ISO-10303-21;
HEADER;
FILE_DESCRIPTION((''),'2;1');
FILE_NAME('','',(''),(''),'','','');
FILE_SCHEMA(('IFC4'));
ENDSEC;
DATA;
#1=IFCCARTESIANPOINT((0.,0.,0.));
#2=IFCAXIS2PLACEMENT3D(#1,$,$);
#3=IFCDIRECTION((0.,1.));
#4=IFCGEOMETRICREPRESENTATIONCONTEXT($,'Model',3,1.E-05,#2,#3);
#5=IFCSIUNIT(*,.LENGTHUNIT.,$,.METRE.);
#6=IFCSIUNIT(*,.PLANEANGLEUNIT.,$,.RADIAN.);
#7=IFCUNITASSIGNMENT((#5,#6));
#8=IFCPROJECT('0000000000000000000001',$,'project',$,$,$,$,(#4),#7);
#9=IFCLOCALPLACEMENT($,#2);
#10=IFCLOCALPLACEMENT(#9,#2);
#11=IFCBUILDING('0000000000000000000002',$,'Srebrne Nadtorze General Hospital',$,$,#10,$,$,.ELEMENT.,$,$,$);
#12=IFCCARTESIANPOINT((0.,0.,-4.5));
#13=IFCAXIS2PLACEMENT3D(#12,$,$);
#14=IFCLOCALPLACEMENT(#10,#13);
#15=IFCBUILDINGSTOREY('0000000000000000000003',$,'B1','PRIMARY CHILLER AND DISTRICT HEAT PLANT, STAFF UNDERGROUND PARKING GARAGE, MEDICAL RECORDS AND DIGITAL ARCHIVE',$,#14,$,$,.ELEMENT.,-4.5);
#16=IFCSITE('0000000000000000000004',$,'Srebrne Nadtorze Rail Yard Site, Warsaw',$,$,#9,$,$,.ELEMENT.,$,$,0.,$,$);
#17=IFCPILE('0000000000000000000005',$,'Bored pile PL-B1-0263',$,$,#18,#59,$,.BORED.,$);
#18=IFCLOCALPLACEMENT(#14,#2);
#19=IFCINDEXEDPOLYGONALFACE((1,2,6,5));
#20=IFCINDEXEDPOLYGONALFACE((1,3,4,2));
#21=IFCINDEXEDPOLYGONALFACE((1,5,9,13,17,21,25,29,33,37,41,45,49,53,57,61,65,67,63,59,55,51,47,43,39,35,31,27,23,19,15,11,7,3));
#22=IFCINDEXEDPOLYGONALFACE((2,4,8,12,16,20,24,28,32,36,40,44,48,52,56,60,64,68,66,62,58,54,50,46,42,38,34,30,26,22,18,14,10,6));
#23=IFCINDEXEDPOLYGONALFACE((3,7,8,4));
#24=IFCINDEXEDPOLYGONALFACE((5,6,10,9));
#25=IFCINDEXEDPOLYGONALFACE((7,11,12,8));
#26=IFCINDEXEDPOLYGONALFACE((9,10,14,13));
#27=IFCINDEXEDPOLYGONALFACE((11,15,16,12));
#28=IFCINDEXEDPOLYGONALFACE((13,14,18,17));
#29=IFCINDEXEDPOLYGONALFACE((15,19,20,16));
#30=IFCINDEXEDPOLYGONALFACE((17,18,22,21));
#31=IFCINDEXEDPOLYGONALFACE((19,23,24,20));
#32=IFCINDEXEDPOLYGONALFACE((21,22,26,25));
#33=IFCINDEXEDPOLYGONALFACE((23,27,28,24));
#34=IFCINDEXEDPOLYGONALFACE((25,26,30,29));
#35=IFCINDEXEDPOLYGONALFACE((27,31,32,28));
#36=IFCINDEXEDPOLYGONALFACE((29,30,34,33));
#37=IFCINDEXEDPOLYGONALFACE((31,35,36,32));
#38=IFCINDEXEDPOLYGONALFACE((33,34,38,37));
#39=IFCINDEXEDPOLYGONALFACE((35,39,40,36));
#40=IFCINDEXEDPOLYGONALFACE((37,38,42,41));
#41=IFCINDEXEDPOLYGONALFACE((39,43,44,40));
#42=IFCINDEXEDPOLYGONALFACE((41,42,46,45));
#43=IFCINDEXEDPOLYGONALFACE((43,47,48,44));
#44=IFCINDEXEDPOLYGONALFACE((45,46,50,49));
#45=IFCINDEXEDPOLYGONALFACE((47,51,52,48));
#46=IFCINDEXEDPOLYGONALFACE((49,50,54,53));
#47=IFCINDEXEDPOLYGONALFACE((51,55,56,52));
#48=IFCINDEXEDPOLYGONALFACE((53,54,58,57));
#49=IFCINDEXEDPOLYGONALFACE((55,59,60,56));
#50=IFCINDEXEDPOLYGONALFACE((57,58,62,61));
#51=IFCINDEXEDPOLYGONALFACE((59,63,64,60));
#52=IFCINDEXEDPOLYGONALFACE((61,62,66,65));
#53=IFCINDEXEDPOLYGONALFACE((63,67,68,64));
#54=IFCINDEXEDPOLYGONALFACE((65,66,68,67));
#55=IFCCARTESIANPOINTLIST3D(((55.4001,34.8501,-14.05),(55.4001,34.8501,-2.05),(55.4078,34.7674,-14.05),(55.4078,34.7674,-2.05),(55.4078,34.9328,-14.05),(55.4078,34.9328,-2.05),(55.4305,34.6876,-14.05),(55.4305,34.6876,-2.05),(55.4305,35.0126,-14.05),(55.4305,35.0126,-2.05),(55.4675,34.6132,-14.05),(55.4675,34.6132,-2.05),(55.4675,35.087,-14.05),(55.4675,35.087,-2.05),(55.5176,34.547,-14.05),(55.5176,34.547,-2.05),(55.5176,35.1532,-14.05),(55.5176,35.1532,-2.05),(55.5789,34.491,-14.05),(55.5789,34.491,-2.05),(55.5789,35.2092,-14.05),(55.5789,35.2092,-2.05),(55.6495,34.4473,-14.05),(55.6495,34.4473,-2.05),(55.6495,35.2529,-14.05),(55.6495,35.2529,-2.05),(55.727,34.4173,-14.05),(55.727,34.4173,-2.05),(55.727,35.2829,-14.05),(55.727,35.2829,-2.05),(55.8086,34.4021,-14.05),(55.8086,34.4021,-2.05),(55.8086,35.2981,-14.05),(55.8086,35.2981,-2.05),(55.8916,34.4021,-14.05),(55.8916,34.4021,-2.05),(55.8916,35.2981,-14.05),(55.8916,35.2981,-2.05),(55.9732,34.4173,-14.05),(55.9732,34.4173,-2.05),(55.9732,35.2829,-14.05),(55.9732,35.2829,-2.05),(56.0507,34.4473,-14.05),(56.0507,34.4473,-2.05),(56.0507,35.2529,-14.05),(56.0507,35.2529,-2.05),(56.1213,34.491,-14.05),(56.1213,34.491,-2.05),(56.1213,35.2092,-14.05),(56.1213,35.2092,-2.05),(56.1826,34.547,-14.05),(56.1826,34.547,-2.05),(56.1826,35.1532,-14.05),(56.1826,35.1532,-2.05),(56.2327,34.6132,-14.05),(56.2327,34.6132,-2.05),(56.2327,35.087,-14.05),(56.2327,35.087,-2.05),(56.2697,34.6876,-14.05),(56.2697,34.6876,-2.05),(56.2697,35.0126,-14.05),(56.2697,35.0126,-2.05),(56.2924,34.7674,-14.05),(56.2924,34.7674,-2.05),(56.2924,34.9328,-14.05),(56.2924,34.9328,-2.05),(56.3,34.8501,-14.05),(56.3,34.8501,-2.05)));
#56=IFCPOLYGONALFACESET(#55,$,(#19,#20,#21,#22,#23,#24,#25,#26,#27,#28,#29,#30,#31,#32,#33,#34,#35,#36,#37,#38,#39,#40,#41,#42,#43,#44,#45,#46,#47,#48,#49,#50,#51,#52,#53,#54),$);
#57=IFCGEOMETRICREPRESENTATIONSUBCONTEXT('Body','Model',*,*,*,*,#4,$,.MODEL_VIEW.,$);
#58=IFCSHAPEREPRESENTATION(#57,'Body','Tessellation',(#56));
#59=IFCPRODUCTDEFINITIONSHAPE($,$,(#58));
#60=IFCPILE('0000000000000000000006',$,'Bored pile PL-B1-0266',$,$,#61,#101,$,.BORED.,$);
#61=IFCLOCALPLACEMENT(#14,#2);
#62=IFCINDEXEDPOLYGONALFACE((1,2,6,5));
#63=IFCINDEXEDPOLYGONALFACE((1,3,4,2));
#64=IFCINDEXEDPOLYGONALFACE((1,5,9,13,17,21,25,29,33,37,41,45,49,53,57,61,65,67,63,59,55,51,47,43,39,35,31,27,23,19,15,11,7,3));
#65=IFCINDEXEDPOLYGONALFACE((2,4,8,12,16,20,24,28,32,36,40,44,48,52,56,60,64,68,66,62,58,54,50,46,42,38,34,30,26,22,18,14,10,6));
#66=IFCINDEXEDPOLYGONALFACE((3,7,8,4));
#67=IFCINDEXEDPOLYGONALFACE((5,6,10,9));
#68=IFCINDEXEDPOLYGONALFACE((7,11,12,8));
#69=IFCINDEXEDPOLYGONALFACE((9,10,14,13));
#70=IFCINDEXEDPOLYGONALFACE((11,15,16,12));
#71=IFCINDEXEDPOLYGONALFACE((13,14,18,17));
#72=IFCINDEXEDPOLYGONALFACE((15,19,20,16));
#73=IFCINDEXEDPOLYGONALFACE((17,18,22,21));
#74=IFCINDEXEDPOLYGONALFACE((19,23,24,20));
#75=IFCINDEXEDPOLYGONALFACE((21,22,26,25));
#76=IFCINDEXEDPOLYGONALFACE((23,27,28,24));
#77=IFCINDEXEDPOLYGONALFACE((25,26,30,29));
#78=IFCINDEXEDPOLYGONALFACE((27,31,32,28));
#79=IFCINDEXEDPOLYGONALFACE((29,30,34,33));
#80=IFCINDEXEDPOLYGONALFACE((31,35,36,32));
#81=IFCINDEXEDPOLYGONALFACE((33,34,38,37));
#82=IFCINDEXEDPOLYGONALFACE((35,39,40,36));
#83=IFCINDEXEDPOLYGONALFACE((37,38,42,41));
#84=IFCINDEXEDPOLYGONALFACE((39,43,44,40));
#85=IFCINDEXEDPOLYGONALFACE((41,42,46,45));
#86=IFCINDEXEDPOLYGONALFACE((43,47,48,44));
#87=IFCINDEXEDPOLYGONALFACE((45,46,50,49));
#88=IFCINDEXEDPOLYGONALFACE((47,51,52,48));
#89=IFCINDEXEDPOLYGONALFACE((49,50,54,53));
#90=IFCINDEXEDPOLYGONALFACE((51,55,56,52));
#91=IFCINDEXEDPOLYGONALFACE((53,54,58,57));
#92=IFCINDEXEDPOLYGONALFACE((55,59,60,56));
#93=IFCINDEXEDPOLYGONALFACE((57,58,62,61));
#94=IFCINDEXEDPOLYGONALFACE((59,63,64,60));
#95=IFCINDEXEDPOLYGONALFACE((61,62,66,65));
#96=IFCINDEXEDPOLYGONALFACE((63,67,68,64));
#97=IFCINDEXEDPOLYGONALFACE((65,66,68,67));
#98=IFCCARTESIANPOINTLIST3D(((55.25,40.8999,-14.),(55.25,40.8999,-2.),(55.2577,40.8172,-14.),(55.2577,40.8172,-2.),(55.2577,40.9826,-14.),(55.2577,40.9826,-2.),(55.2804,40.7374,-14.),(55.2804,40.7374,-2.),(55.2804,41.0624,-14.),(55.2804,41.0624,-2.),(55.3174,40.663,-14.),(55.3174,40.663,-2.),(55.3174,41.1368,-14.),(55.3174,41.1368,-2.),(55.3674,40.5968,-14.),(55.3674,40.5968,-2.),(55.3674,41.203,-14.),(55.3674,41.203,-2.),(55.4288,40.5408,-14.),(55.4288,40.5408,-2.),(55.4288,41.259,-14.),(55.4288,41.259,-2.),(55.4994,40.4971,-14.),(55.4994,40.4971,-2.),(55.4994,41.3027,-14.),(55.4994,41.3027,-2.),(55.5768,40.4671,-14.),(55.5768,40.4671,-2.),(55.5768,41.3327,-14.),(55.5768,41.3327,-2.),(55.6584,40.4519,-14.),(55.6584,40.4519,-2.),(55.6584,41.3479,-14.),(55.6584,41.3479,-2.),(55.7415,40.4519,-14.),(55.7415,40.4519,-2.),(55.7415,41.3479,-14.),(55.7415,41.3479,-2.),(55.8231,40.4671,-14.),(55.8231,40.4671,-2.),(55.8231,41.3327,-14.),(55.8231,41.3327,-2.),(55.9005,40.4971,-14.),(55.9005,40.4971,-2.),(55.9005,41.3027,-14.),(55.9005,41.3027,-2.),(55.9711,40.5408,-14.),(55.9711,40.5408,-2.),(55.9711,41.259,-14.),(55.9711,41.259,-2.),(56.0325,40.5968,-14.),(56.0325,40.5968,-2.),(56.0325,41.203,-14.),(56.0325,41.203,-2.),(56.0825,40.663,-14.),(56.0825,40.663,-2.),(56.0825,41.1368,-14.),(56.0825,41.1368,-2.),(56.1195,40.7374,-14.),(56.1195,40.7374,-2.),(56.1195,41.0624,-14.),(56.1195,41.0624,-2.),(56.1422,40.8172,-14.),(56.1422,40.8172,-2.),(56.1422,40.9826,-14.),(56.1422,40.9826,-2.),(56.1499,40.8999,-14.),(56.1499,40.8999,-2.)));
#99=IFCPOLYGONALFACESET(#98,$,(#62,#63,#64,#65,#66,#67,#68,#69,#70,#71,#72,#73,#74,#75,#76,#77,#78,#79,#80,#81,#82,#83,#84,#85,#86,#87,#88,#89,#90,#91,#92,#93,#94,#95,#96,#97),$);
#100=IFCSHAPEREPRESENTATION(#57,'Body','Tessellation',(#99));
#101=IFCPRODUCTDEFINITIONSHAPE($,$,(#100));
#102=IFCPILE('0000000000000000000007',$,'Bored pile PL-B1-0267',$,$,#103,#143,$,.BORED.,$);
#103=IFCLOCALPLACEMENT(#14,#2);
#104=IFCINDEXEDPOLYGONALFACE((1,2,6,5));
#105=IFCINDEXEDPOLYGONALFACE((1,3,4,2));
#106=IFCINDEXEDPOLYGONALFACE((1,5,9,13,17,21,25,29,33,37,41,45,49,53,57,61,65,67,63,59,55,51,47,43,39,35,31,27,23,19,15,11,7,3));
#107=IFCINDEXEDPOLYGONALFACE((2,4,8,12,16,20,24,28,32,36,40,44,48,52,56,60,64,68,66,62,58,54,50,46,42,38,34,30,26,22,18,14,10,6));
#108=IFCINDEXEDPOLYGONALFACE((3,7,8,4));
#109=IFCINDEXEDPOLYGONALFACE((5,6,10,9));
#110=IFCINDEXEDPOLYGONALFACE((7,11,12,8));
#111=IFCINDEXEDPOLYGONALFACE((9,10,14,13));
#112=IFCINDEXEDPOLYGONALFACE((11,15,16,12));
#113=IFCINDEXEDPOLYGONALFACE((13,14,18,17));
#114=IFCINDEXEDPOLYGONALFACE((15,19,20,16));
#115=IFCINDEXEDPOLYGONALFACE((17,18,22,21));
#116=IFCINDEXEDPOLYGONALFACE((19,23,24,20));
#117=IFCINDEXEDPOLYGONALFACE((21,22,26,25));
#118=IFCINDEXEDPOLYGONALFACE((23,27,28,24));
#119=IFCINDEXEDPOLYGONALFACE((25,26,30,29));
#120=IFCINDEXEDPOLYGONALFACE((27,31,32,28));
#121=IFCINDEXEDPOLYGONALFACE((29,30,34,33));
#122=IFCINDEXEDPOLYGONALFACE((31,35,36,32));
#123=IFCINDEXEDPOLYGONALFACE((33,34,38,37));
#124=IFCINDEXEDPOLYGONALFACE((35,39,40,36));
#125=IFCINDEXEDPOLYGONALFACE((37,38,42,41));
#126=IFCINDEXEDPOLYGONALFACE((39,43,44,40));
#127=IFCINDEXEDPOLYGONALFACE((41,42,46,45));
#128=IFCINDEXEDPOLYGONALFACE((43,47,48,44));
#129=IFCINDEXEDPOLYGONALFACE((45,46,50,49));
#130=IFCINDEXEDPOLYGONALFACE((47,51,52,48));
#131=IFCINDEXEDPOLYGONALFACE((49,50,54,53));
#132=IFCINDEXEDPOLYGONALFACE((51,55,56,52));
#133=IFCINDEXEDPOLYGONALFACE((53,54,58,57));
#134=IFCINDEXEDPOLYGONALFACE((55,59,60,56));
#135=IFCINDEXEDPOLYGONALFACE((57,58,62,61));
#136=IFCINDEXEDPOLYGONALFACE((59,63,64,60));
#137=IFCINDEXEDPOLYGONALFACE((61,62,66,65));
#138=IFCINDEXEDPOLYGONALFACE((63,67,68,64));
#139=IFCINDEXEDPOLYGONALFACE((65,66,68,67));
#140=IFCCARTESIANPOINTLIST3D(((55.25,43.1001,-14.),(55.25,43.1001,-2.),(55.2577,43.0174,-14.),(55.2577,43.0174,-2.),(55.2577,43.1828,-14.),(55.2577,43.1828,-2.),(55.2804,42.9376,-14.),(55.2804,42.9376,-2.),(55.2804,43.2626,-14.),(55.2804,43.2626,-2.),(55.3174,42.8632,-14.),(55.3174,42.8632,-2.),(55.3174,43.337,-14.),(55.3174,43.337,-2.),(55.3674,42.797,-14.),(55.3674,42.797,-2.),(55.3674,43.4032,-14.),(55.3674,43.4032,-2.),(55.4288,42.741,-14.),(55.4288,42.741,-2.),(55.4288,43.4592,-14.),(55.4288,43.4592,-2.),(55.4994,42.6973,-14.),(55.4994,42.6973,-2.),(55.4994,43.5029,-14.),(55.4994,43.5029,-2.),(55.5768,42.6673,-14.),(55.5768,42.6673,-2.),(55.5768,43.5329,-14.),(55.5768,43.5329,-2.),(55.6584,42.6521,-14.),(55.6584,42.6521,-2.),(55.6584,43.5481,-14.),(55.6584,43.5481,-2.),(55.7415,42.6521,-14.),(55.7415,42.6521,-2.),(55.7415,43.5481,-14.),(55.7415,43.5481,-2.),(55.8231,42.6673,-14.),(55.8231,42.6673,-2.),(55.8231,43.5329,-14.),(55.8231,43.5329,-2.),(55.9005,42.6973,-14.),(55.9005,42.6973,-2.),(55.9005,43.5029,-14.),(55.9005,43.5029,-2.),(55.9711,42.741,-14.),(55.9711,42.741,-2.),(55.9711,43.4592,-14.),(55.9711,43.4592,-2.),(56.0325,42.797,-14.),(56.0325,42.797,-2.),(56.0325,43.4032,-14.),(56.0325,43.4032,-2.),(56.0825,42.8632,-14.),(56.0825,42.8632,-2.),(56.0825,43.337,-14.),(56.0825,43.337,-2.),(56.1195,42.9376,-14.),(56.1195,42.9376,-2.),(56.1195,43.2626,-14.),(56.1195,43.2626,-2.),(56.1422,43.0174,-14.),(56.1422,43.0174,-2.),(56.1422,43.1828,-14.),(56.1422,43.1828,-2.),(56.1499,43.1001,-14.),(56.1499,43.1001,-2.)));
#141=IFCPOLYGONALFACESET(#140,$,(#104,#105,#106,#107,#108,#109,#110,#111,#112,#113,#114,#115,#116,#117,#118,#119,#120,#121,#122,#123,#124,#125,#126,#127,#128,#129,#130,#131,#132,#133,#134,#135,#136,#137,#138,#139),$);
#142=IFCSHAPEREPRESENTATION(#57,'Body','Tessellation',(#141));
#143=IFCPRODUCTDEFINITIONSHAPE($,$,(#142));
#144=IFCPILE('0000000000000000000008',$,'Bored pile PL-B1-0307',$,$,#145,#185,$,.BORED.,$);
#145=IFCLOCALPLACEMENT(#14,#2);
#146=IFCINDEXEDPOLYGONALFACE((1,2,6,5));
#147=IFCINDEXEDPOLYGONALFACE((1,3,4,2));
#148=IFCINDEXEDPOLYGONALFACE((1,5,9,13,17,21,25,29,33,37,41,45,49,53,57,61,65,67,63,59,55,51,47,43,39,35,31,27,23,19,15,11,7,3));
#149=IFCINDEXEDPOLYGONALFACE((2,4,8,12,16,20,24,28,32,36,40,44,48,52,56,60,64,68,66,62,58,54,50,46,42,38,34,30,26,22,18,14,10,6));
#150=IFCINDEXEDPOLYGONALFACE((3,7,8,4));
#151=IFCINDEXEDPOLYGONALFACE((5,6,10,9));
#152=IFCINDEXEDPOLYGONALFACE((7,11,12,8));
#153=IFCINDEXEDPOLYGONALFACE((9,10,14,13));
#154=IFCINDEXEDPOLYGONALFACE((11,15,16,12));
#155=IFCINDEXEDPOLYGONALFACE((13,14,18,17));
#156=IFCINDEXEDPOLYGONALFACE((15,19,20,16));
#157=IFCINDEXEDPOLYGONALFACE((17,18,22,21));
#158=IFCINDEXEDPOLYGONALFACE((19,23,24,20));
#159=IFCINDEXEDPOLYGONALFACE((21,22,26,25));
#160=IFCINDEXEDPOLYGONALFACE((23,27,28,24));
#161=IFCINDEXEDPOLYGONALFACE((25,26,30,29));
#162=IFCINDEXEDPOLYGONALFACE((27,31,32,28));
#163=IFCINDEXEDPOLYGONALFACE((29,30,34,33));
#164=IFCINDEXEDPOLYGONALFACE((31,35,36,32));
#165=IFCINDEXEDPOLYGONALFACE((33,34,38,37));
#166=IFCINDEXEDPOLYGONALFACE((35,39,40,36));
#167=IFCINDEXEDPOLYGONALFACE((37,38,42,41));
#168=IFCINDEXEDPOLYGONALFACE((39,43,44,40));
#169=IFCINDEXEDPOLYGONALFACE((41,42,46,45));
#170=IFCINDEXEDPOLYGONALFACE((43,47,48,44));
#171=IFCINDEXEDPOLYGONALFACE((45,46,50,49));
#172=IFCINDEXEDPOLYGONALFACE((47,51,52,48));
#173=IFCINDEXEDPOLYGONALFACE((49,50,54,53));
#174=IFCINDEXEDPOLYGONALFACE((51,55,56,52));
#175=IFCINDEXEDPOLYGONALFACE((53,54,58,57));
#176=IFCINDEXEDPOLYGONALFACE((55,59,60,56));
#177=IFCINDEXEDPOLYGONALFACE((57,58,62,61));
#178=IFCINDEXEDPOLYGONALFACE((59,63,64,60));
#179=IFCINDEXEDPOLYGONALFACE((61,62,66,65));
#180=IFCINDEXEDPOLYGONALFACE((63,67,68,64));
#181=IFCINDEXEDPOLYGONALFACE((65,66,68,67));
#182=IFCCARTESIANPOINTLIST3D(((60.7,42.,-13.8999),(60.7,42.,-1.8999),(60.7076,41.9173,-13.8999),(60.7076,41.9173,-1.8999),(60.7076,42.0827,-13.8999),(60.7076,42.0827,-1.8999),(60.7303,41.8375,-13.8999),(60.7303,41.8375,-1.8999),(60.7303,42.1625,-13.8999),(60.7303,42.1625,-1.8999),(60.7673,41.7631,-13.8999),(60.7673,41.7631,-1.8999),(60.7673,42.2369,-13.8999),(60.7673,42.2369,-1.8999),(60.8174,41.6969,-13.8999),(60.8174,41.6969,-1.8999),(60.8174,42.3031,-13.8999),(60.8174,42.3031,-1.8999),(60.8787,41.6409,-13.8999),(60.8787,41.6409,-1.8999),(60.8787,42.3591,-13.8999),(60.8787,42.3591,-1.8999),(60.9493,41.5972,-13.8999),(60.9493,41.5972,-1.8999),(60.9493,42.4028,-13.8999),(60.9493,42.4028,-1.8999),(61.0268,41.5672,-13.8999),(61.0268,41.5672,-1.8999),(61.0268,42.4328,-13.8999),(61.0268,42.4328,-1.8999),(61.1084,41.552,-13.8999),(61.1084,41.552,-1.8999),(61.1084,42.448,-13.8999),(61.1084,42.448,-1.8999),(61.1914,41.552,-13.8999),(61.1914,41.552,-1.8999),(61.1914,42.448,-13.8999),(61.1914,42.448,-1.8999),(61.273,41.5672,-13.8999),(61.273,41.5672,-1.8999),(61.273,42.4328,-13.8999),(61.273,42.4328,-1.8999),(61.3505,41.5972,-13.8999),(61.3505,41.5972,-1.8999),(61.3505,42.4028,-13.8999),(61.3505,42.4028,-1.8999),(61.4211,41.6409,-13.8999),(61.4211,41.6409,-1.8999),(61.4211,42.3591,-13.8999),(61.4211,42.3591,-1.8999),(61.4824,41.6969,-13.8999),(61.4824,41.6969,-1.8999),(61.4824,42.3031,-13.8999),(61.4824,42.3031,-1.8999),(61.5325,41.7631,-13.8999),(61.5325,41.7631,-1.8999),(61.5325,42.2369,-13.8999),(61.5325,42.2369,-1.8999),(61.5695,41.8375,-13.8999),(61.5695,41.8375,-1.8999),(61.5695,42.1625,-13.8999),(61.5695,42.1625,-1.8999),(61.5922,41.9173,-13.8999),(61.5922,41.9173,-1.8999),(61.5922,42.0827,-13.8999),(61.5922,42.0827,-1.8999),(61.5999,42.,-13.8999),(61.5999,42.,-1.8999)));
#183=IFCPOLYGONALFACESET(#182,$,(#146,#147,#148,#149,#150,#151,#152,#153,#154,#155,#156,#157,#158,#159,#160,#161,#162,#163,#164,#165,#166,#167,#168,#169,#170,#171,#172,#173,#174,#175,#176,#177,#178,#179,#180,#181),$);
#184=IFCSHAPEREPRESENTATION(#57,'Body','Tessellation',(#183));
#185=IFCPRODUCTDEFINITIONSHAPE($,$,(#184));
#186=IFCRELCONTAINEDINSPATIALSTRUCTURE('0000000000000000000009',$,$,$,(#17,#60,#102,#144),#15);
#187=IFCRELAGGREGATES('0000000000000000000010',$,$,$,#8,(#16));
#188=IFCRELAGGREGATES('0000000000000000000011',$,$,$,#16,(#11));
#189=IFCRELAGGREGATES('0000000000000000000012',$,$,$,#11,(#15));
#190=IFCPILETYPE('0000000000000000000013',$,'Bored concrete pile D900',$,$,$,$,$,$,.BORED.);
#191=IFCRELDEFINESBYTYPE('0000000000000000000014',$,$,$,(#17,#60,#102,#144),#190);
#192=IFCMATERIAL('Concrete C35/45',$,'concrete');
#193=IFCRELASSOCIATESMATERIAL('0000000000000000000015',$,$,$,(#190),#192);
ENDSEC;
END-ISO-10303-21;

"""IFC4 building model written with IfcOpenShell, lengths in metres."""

from ifc_helpers import new_model, si_unit, direction, frame, origin, origin_2d, place, context, subcontext, project, spatial, circle, extrude, material, material_profile, profile_set, type_object, element, save


model = new_model("IFC4")

# Units and contexts
model_context = context("Model", 3, precision=1e-05, world=origin(), true_north=direction((0.0, 1.0)))
body_context = subcontext(model_context, "Body", "Model", "MODEL_VIEW")
ifc_project = project(units=[si_unit("LENGTHUNIT", "METRE"), si_unit("PLANEANGLEUNIT", "RADIAN")], contexts=[model_context])

# Site, building, storey
site_placement = place(None, origin())
site = spatial("IfcSite", under=ifc_project, at=site_placement, Name="Srebrne Nadtorze Rail Yard Site, Warsaw", CompositionType="ELEMENT", RefElevation=0.0)
building_placement = place(site_placement, origin())
building = spatial("IfcBuilding", under=site, at=building_placement, Name="Srebrne Nadtorze General Hospital", CompositionType="ELEMENT")
storey_placement = place(building_placement, frame((0.0, 0.0, -4.5)))
storey = spatial("IfcBuildingStorey", under=building, at=storey_placement, Name="B1", Description="PRIMARY CHILLER AND DISTRICT HEAT PLANT, STAFF UNDERGROUND PARKING GARAGE, MEDICAL RECORDS AND DIGITAL ARCHIVE", CompositionType="ELEMENT", Elevation=-4.5)

# Piles
ifc_material_1 = material(Name="Concrete C35/45", Category="concrete")
ifc_material_profile_1 = material_profile(ifc_material_1, circle(Radius=0.45, at=origin_2d()), Name="PILE-D900")
ifc_profile_set_1 = profile_set([ifc_material_profile_1], Name="Concrete C35/45")
pile_type_1 = type_object("IfcPileType", Name="Bored concrete pile D900", PredefinedType="BORED", material=ifc_profile_set_1)
for number, where, z_axis, x_axis, name in (
    (1, (55.8501, 34.8501, -2.05), (0.0, 0.0, -1.0), (1.0, 0.0, 0.0), "Bored pile PL-B1-0263"),
    (2, (55.7, 40.8999, -2.0), (0.0, 0.0, -1.0), (1.0, 0.0, 0.0), "Bored pile PL-B1-0266"),
    (3, (55.7, 43.1001, -2.0), (0.0, 0.0, -1.0), (1.0, 0.0, 0.0), "Bored pile PL-B1-0267"),
    (4, (61.1499, 42.0, -1.8999), (0.0, 0.0, -1.0), (1.0, 0.0, 0.0), "Bored pile PL-B1-0307"),
):
    element("IfcPile", number, at=place(storey_placement, frame(where, z_axis=z_axis, x_axis=x_axis)), inside=storey, type_object=pile_type_1, Name=name, PredefinedType="BORED", context=body_context, shape_type="SweptSolid", body=[
        extrude(circle(Radius=0.45, at=origin_2d()), origin(), (0.0, 0.0, 1.0), 12.0),
    ])

save(model, "model.ifc")
